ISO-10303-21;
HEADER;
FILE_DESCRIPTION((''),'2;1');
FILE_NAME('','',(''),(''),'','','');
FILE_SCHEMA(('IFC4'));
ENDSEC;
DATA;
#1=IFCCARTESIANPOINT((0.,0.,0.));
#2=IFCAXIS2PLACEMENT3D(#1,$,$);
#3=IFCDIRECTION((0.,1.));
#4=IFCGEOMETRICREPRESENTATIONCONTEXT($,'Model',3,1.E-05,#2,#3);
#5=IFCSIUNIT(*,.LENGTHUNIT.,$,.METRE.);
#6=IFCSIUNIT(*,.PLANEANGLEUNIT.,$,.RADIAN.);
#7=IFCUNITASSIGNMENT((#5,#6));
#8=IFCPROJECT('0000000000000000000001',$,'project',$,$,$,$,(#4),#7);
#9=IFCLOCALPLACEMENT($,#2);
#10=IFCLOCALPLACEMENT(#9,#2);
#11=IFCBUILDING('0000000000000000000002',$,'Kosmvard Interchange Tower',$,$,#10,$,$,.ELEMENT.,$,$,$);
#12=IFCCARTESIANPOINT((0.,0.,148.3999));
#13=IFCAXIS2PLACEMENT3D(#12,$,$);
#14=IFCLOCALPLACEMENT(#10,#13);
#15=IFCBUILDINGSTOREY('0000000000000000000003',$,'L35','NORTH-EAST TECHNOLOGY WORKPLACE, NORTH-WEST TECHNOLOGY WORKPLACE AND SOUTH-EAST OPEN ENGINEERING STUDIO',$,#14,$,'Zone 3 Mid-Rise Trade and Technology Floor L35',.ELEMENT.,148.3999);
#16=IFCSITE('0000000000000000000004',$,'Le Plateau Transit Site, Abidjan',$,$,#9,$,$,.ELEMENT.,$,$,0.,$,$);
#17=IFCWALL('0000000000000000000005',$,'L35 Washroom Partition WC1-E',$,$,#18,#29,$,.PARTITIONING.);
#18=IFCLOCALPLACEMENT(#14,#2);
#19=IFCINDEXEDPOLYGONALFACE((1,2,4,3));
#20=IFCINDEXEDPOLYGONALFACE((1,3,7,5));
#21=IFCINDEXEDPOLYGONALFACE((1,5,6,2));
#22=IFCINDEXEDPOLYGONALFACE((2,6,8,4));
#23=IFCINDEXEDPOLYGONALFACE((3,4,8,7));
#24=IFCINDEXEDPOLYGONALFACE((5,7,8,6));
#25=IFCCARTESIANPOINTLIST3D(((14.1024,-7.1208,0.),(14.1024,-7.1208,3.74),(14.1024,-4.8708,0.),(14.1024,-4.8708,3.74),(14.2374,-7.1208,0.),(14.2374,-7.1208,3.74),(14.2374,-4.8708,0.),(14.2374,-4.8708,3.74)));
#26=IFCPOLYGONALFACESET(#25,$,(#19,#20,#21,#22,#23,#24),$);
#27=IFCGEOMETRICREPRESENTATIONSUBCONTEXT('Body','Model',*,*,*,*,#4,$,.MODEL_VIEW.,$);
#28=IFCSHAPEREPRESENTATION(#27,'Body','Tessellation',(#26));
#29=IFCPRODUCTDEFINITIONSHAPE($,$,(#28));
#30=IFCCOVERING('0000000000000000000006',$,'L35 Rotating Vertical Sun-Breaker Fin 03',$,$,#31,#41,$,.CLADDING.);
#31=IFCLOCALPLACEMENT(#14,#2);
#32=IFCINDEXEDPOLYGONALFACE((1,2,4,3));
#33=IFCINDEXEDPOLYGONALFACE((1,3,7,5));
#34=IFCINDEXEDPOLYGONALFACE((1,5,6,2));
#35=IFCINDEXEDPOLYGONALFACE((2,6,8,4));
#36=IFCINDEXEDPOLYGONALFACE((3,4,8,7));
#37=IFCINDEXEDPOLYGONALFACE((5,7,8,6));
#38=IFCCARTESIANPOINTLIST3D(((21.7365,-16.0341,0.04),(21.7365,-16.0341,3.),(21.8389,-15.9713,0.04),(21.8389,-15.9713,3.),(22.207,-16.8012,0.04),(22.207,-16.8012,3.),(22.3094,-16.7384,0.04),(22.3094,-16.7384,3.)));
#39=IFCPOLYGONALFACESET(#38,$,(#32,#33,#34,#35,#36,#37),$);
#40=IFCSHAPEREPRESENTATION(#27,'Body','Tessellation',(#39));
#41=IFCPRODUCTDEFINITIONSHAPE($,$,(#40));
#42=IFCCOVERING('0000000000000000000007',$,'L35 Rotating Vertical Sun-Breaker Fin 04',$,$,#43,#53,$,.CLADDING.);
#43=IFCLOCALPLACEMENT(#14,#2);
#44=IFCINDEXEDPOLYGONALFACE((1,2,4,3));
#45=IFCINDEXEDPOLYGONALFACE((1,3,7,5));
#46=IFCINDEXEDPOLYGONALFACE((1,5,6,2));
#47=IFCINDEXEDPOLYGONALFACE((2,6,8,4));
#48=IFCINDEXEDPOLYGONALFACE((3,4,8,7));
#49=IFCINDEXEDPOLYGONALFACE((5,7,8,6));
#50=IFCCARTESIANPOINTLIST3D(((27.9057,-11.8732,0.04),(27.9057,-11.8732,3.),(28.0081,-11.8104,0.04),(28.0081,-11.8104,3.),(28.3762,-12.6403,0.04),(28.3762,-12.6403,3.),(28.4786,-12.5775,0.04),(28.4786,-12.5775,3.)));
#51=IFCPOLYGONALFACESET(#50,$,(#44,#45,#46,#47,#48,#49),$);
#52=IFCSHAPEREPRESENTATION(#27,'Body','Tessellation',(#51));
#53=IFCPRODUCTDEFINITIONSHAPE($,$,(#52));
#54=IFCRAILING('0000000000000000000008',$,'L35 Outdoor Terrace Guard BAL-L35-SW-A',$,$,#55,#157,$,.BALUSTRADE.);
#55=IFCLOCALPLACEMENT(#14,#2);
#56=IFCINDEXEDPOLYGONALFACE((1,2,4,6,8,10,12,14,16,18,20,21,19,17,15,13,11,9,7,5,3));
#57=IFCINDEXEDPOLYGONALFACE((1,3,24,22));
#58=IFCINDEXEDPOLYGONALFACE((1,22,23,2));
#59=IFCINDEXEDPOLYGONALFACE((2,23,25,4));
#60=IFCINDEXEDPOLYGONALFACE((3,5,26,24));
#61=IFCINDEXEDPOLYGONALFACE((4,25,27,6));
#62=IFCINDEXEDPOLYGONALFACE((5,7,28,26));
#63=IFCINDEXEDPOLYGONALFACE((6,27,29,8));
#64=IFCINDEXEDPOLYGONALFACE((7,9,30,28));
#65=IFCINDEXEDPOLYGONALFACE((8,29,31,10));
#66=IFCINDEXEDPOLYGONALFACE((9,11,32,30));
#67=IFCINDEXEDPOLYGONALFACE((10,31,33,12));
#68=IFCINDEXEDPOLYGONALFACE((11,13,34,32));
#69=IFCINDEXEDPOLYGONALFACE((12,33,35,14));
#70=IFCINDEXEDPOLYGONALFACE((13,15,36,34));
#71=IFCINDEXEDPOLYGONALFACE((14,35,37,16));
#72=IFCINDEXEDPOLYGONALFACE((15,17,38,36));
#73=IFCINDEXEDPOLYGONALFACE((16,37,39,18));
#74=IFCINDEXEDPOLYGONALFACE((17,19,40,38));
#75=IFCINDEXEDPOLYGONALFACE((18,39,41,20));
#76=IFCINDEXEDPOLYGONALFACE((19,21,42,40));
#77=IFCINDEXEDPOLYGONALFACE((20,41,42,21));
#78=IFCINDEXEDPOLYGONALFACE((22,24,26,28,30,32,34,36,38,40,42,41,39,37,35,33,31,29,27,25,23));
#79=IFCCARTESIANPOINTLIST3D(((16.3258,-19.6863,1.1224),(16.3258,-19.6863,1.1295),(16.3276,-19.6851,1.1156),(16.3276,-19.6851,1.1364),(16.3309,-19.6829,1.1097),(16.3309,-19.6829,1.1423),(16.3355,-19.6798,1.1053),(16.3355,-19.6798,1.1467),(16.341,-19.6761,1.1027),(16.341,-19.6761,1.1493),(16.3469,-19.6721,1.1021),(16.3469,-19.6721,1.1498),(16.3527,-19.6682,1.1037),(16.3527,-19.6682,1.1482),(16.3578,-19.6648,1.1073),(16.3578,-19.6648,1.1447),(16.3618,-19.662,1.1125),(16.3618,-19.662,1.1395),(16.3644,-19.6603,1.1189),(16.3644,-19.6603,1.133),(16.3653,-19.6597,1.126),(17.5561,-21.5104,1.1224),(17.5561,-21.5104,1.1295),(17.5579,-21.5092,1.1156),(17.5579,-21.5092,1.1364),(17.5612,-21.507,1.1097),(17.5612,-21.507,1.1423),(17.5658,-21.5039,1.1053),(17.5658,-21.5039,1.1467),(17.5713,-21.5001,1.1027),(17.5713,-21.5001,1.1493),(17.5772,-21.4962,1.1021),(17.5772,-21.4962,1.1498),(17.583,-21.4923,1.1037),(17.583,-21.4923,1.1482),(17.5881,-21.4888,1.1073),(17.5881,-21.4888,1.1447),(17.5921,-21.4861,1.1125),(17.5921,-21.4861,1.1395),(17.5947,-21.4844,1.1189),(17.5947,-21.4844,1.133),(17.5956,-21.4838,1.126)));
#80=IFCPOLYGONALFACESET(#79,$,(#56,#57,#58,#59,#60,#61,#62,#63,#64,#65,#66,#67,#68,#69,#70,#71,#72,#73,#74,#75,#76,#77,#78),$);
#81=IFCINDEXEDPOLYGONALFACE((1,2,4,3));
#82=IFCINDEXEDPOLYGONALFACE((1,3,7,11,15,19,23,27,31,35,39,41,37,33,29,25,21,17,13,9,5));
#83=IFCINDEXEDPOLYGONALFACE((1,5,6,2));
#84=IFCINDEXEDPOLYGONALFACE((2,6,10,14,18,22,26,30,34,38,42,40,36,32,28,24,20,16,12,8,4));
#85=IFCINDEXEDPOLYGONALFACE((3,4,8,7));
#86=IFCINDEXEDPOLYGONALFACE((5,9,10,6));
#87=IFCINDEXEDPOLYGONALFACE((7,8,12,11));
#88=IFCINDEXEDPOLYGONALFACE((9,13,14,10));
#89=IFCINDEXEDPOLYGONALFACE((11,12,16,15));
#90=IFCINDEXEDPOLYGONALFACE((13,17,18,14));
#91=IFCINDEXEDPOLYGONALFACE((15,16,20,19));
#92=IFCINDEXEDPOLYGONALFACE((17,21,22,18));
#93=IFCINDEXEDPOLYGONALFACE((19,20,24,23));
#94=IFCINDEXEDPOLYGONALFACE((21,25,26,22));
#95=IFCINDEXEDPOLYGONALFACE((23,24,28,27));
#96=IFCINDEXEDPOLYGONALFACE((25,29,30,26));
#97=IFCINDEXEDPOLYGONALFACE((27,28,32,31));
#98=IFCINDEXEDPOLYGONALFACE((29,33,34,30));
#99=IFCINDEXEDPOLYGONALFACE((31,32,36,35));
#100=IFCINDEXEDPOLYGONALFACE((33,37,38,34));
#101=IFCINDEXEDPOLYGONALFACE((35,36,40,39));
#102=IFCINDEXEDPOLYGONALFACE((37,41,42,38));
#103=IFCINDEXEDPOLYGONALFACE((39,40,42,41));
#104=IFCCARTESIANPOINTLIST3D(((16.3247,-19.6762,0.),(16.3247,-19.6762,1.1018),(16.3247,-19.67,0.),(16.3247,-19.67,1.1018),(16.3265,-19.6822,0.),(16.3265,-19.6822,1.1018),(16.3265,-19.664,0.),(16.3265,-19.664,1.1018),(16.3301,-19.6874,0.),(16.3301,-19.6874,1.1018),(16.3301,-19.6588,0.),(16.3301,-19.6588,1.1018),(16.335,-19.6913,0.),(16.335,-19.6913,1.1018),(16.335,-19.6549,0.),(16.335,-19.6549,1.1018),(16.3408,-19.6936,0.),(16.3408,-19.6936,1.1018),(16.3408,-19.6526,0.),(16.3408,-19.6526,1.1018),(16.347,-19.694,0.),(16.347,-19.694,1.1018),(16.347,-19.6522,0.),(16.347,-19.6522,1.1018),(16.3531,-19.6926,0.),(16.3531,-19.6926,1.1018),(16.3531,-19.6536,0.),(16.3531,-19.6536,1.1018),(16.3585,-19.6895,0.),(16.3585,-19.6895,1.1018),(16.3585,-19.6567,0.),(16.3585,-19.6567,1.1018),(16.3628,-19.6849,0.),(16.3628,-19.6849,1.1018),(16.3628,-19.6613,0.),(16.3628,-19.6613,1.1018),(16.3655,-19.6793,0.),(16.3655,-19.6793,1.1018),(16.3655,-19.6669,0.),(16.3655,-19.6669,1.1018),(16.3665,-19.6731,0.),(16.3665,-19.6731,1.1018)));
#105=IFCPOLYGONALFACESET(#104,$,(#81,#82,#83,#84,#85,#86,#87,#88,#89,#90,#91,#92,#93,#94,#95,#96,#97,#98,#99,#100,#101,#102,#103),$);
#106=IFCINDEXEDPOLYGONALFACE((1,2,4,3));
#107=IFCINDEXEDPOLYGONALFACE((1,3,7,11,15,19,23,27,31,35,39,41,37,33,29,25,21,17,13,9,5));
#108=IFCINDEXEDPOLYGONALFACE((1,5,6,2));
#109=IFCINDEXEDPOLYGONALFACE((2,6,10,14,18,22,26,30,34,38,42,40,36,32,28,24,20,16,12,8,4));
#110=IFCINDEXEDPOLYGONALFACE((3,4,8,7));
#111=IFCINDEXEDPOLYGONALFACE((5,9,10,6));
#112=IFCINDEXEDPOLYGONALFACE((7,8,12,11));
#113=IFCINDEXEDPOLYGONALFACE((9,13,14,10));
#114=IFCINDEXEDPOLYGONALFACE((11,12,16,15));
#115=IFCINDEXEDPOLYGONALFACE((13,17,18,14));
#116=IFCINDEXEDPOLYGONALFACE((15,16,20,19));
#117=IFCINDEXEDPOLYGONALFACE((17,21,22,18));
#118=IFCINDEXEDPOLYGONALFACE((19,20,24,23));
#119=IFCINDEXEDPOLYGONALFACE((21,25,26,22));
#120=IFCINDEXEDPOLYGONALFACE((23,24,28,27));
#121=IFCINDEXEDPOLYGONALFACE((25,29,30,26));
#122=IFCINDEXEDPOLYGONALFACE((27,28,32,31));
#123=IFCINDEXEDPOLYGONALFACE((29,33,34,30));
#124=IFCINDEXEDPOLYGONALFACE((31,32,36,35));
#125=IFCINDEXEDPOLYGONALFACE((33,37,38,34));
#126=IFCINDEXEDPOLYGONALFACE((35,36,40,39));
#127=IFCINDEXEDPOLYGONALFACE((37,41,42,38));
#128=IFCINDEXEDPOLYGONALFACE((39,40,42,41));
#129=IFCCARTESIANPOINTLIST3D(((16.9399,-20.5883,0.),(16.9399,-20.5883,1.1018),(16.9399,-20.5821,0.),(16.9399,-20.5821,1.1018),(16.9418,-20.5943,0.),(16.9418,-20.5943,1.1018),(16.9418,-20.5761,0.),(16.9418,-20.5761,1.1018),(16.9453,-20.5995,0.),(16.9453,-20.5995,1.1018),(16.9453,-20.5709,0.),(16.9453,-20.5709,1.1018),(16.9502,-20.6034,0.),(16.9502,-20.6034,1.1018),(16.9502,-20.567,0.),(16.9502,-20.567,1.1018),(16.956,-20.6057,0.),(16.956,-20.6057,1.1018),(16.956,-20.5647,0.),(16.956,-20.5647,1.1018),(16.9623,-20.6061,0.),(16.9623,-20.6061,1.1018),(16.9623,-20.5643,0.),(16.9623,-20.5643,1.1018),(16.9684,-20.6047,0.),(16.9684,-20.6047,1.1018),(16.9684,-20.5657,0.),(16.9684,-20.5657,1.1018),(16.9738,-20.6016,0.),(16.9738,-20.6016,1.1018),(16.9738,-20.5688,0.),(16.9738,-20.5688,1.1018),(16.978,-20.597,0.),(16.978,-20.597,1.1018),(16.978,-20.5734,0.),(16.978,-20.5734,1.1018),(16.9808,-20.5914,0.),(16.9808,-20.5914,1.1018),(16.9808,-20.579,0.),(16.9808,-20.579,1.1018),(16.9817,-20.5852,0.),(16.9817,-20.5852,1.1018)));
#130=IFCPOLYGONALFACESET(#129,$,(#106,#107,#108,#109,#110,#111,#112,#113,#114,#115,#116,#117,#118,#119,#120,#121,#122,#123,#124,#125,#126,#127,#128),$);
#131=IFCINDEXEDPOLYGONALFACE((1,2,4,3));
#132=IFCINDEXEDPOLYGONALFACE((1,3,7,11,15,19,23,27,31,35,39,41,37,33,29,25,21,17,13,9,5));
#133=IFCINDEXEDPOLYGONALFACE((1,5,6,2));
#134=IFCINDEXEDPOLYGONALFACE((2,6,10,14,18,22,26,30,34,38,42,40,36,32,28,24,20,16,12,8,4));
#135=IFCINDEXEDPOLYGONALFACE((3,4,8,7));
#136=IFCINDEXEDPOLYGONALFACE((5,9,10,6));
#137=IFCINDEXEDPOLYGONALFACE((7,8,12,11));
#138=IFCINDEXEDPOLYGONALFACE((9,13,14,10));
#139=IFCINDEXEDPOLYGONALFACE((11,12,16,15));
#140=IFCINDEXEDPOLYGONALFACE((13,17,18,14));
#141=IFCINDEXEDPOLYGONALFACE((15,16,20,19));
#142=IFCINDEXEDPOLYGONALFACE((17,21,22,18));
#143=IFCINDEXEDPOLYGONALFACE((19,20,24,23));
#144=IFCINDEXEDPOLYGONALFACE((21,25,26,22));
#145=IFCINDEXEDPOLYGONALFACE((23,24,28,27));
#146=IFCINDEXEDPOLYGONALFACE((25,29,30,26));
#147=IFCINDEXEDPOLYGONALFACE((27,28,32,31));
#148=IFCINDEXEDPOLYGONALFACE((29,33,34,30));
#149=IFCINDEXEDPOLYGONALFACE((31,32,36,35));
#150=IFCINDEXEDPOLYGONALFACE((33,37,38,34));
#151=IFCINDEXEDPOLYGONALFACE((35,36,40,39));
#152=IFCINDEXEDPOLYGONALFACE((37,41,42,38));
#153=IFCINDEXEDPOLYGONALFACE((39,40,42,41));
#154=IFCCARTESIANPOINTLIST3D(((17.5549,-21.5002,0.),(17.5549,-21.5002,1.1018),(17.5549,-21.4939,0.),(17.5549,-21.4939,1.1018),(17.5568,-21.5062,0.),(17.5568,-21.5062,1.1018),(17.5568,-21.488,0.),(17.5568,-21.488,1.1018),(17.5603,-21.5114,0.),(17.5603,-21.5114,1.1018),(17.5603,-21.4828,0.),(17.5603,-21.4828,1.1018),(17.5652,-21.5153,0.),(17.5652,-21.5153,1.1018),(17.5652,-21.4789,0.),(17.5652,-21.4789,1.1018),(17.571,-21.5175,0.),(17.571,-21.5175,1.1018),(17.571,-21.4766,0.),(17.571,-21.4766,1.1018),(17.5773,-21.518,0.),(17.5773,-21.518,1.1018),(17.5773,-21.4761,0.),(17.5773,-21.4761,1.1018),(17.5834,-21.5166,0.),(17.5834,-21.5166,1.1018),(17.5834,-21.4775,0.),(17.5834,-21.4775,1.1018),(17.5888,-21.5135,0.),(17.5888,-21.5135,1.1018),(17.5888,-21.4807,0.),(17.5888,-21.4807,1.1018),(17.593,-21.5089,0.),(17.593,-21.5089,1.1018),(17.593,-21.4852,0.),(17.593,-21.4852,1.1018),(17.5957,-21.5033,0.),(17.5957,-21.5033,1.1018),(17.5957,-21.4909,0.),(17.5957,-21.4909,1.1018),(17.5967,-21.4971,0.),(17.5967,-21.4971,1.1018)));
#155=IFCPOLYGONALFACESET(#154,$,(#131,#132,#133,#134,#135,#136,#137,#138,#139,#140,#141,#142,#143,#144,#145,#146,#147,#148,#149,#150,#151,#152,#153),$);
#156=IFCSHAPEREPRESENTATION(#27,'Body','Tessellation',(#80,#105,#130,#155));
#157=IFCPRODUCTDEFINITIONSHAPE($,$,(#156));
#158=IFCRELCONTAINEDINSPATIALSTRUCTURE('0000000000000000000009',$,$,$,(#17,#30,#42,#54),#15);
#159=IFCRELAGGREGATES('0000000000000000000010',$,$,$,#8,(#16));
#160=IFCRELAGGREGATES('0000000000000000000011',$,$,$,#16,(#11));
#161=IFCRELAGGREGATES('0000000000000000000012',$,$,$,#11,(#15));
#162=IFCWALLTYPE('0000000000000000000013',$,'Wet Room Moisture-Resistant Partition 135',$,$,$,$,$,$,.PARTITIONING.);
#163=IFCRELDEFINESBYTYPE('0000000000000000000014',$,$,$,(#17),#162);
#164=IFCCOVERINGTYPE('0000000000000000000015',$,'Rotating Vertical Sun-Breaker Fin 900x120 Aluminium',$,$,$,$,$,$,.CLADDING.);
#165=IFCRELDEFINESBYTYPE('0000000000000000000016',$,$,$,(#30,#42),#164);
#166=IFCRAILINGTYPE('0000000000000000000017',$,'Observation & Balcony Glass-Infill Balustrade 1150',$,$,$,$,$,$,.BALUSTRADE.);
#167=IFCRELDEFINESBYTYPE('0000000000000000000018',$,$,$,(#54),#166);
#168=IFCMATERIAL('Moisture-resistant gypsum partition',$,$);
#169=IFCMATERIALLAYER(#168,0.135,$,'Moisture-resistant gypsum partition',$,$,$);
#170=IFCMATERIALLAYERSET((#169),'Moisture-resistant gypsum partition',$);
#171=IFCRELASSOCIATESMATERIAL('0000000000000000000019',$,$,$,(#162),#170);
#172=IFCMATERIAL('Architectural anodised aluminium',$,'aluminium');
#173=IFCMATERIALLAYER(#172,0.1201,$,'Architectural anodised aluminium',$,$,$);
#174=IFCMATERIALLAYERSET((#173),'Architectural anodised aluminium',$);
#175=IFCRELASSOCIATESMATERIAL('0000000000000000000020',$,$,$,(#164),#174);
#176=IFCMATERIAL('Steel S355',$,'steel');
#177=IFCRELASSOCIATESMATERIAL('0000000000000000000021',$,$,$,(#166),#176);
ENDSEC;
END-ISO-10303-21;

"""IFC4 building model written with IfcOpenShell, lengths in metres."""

from ifc_helpers import new_model, si_unit, direction, frame, frame_2d, origin, origin_2d, place, context, subcontext, project, spatial, rectangle, circle, extrude, source, transform, mapped, material, layer, layer_set, type_object, element, save


model = new_model("IFC4")

# Units and contexts
model_context = context("Model", 3, precision=1e-05, world=origin(), true_north=direction((0.0, 1.0)))
body_context = subcontext(model_context, "Body", "Model", "MODEL_VIEW")
ifc_project = project(units=[si_unit("LENGTHUNIT", "METRE"), si_unit("PLANEANGLEUNIT", "RADIAN")], contexts=[model_context])

# Site, building, storey
site_placement = place(None, origin())
site = spatial("IfcSite", under=ifc_project, at=site_placement, Name="Le Plateau Transit Site, Abidjan", CompositionType="ELEMENT", RefElevation=0.0)
building_placement = place(site_placement, origin())
building = spatial("IfcBuilding", under=site, at=building_placement, Name="Kosmvard Interchange Tower", CompositionType="ELEMENT")
storey_placement = place(building_placement, frame((0.0, 0.0, 148.3999)))
storey = spatial("IfcBuildingStorey", under=building, at=storey_placement, Name="L35", Description="NORTH-EAST TECHNOLOGY WORKPLACE, NORTH-WEST TECHNOLOGY WORKPLACE AND SOUTH-EAST OPEN ENGINEERING STUDIO", LongName="Zone 3 Mid-Rise Trade and Technology Floor L35", CompositionType="ELEMENT", Elevation=148.3999)

# Shared definitions
ifc_material_1 = material(Name="Steel S355", Category="steel")

# Wall
ifc_material_2 = material(Name="Moisture-resistant gypsum partition")
ifc_layer_1 = layer(ifc_material_2, 0.135, Name="Moisture-resistant gypsum partition")
ifc_layer_set_1 = layer_set([ifc_layer_1], Name="Moisture-resistant gypsum partition")
wall_type_1 = type_object("IfcWallType", Name="Wet Room Moisture-Resistant Partition 135", PredefinedType="PARTITIONING", material=ifc_layer_set_1)
wall_1_placement = place(storey_placement, frame((14.1699, -7.1208, 0.0), z_axis=(0.0, 0.0, 1.0), x_axis=(0.0, 1.0, 0.0)))
element("IfcWall", 1, at=wall_1_placement, inside=storey, type_object=wall_type_1, Name="L35 Washroom Partition WC1-E", PredefinedType="PARTITIONING", context=body_context, shape_type="SweptSolid", body=[
    extrude(rectangle(XDim=2.25, YDim=0.135, at=frame_2d((1.125, 0.0))), origin(), (0.0, 0.0, 1.0), 3.74),
])

# Coverings
ifc_material_3 = material(Name="Architectural anodised aluminium", Category="aluminium")
ifc_layer_2 = layer(ifc_material_3, 0.1201, Name="Architectural anodised aluminium")
ifc_layer_set_2 = layer_set([ifc_layer_2], Name="Architectural anodised aluminium")
covering_type = type_object("IfcCoveringType", Name="Rotating Vertical Sun-Breaker Fin 900x120 Aluminium", PredefinedType="CLADDING", material=ifc_layer_set_2)
shared_shape_1 = source(origin(), body_context, "Body", "SweptSolid", [
    extrude(rectangle(XDim=0.8999, YDim=0.1201, at=origin_2d()), origin(), (0.0, 0.0, 1.0), 2.96),
])
for number, where, z_axis, x_axis, name in (
    (2, (22.0229, -16.3862, 0.04), (0.0, 0.0, 1.0), (0.522796, -0.852458, 0.0), "L35 Rotating Vertical Sun-Breaker Fin 03"),
    (3, (28.1921, -12.2253, 0.04), (0.0, 0.0, 1.0), (0.522796, -0.852458, 0.0), "L35 Rotating Vertical Sun-Breaker Fin 04"),
):
    element("IfcCovering", number, at=place(storey_placement, frame(where, z_axis=z_axis, x_axis=x_axis)), inside=storey, type_object=covering_type, Name=name, PredefinedType="CLADDING", context=body_context, shape_type="MappedRepresentation", body=[
        mapped(shared_shape_1, transform((0.0, 0.0, 0.0), scale=1.0)),
    ])

# Railing
railing_type = type_object("IfcRailingType", Name="Observation & Balcony Glass-Infill Balustrade 1150", PredefinedType="BALUSTRADE", material=ifc_material_1)
shared_shape_2 = source(origin(), body_context, "Body", "SweptSolid", [
    extrude(circle(Radius=0.0239, at=origin_2d()), frame((0.0, 0.0, 1.126), z_axis=(0.559174, -0.829051, 0.0), x_axis=(0.829051, 0.559174, 0.0)), (0.0, 0.0, 1.0), 2.2002),
    extrude(circle(Radius=0.021, at=origin_2d()), origin(), (0.0, 0.0, 1.0), 1.1018),
    extrude(circle(Radius=0.021, at=origin_2d()), frame((0.6152, -0.9121, 0.0)), (0.0, 0.0, 1.0), 1.1018),
    extrude(circle(Radius=0.021, at=origin_2d()), frame((1.2302, -1.824, 0.0)), (0.0, 0.0, 1.0), 1.1018),
])
railing_1_placement = place(storey_placement, frame((16.3455, -19.6731, 0.0)))
element("IfcRailing", 4, at=railing_1_placement, inside=storey, type_object=railing_type, Name="L35 Outdoor Terrace Guard BAL-L35-SW-A", PredefinedType="BALUSTRADE", context=body_context, shape_type="MappedRepresentation", body=[
    mapped(shared_shape_2, transform((0.0, 0.0, 0.0), scale=1.0)),
])

save(model, "model.ifc")
